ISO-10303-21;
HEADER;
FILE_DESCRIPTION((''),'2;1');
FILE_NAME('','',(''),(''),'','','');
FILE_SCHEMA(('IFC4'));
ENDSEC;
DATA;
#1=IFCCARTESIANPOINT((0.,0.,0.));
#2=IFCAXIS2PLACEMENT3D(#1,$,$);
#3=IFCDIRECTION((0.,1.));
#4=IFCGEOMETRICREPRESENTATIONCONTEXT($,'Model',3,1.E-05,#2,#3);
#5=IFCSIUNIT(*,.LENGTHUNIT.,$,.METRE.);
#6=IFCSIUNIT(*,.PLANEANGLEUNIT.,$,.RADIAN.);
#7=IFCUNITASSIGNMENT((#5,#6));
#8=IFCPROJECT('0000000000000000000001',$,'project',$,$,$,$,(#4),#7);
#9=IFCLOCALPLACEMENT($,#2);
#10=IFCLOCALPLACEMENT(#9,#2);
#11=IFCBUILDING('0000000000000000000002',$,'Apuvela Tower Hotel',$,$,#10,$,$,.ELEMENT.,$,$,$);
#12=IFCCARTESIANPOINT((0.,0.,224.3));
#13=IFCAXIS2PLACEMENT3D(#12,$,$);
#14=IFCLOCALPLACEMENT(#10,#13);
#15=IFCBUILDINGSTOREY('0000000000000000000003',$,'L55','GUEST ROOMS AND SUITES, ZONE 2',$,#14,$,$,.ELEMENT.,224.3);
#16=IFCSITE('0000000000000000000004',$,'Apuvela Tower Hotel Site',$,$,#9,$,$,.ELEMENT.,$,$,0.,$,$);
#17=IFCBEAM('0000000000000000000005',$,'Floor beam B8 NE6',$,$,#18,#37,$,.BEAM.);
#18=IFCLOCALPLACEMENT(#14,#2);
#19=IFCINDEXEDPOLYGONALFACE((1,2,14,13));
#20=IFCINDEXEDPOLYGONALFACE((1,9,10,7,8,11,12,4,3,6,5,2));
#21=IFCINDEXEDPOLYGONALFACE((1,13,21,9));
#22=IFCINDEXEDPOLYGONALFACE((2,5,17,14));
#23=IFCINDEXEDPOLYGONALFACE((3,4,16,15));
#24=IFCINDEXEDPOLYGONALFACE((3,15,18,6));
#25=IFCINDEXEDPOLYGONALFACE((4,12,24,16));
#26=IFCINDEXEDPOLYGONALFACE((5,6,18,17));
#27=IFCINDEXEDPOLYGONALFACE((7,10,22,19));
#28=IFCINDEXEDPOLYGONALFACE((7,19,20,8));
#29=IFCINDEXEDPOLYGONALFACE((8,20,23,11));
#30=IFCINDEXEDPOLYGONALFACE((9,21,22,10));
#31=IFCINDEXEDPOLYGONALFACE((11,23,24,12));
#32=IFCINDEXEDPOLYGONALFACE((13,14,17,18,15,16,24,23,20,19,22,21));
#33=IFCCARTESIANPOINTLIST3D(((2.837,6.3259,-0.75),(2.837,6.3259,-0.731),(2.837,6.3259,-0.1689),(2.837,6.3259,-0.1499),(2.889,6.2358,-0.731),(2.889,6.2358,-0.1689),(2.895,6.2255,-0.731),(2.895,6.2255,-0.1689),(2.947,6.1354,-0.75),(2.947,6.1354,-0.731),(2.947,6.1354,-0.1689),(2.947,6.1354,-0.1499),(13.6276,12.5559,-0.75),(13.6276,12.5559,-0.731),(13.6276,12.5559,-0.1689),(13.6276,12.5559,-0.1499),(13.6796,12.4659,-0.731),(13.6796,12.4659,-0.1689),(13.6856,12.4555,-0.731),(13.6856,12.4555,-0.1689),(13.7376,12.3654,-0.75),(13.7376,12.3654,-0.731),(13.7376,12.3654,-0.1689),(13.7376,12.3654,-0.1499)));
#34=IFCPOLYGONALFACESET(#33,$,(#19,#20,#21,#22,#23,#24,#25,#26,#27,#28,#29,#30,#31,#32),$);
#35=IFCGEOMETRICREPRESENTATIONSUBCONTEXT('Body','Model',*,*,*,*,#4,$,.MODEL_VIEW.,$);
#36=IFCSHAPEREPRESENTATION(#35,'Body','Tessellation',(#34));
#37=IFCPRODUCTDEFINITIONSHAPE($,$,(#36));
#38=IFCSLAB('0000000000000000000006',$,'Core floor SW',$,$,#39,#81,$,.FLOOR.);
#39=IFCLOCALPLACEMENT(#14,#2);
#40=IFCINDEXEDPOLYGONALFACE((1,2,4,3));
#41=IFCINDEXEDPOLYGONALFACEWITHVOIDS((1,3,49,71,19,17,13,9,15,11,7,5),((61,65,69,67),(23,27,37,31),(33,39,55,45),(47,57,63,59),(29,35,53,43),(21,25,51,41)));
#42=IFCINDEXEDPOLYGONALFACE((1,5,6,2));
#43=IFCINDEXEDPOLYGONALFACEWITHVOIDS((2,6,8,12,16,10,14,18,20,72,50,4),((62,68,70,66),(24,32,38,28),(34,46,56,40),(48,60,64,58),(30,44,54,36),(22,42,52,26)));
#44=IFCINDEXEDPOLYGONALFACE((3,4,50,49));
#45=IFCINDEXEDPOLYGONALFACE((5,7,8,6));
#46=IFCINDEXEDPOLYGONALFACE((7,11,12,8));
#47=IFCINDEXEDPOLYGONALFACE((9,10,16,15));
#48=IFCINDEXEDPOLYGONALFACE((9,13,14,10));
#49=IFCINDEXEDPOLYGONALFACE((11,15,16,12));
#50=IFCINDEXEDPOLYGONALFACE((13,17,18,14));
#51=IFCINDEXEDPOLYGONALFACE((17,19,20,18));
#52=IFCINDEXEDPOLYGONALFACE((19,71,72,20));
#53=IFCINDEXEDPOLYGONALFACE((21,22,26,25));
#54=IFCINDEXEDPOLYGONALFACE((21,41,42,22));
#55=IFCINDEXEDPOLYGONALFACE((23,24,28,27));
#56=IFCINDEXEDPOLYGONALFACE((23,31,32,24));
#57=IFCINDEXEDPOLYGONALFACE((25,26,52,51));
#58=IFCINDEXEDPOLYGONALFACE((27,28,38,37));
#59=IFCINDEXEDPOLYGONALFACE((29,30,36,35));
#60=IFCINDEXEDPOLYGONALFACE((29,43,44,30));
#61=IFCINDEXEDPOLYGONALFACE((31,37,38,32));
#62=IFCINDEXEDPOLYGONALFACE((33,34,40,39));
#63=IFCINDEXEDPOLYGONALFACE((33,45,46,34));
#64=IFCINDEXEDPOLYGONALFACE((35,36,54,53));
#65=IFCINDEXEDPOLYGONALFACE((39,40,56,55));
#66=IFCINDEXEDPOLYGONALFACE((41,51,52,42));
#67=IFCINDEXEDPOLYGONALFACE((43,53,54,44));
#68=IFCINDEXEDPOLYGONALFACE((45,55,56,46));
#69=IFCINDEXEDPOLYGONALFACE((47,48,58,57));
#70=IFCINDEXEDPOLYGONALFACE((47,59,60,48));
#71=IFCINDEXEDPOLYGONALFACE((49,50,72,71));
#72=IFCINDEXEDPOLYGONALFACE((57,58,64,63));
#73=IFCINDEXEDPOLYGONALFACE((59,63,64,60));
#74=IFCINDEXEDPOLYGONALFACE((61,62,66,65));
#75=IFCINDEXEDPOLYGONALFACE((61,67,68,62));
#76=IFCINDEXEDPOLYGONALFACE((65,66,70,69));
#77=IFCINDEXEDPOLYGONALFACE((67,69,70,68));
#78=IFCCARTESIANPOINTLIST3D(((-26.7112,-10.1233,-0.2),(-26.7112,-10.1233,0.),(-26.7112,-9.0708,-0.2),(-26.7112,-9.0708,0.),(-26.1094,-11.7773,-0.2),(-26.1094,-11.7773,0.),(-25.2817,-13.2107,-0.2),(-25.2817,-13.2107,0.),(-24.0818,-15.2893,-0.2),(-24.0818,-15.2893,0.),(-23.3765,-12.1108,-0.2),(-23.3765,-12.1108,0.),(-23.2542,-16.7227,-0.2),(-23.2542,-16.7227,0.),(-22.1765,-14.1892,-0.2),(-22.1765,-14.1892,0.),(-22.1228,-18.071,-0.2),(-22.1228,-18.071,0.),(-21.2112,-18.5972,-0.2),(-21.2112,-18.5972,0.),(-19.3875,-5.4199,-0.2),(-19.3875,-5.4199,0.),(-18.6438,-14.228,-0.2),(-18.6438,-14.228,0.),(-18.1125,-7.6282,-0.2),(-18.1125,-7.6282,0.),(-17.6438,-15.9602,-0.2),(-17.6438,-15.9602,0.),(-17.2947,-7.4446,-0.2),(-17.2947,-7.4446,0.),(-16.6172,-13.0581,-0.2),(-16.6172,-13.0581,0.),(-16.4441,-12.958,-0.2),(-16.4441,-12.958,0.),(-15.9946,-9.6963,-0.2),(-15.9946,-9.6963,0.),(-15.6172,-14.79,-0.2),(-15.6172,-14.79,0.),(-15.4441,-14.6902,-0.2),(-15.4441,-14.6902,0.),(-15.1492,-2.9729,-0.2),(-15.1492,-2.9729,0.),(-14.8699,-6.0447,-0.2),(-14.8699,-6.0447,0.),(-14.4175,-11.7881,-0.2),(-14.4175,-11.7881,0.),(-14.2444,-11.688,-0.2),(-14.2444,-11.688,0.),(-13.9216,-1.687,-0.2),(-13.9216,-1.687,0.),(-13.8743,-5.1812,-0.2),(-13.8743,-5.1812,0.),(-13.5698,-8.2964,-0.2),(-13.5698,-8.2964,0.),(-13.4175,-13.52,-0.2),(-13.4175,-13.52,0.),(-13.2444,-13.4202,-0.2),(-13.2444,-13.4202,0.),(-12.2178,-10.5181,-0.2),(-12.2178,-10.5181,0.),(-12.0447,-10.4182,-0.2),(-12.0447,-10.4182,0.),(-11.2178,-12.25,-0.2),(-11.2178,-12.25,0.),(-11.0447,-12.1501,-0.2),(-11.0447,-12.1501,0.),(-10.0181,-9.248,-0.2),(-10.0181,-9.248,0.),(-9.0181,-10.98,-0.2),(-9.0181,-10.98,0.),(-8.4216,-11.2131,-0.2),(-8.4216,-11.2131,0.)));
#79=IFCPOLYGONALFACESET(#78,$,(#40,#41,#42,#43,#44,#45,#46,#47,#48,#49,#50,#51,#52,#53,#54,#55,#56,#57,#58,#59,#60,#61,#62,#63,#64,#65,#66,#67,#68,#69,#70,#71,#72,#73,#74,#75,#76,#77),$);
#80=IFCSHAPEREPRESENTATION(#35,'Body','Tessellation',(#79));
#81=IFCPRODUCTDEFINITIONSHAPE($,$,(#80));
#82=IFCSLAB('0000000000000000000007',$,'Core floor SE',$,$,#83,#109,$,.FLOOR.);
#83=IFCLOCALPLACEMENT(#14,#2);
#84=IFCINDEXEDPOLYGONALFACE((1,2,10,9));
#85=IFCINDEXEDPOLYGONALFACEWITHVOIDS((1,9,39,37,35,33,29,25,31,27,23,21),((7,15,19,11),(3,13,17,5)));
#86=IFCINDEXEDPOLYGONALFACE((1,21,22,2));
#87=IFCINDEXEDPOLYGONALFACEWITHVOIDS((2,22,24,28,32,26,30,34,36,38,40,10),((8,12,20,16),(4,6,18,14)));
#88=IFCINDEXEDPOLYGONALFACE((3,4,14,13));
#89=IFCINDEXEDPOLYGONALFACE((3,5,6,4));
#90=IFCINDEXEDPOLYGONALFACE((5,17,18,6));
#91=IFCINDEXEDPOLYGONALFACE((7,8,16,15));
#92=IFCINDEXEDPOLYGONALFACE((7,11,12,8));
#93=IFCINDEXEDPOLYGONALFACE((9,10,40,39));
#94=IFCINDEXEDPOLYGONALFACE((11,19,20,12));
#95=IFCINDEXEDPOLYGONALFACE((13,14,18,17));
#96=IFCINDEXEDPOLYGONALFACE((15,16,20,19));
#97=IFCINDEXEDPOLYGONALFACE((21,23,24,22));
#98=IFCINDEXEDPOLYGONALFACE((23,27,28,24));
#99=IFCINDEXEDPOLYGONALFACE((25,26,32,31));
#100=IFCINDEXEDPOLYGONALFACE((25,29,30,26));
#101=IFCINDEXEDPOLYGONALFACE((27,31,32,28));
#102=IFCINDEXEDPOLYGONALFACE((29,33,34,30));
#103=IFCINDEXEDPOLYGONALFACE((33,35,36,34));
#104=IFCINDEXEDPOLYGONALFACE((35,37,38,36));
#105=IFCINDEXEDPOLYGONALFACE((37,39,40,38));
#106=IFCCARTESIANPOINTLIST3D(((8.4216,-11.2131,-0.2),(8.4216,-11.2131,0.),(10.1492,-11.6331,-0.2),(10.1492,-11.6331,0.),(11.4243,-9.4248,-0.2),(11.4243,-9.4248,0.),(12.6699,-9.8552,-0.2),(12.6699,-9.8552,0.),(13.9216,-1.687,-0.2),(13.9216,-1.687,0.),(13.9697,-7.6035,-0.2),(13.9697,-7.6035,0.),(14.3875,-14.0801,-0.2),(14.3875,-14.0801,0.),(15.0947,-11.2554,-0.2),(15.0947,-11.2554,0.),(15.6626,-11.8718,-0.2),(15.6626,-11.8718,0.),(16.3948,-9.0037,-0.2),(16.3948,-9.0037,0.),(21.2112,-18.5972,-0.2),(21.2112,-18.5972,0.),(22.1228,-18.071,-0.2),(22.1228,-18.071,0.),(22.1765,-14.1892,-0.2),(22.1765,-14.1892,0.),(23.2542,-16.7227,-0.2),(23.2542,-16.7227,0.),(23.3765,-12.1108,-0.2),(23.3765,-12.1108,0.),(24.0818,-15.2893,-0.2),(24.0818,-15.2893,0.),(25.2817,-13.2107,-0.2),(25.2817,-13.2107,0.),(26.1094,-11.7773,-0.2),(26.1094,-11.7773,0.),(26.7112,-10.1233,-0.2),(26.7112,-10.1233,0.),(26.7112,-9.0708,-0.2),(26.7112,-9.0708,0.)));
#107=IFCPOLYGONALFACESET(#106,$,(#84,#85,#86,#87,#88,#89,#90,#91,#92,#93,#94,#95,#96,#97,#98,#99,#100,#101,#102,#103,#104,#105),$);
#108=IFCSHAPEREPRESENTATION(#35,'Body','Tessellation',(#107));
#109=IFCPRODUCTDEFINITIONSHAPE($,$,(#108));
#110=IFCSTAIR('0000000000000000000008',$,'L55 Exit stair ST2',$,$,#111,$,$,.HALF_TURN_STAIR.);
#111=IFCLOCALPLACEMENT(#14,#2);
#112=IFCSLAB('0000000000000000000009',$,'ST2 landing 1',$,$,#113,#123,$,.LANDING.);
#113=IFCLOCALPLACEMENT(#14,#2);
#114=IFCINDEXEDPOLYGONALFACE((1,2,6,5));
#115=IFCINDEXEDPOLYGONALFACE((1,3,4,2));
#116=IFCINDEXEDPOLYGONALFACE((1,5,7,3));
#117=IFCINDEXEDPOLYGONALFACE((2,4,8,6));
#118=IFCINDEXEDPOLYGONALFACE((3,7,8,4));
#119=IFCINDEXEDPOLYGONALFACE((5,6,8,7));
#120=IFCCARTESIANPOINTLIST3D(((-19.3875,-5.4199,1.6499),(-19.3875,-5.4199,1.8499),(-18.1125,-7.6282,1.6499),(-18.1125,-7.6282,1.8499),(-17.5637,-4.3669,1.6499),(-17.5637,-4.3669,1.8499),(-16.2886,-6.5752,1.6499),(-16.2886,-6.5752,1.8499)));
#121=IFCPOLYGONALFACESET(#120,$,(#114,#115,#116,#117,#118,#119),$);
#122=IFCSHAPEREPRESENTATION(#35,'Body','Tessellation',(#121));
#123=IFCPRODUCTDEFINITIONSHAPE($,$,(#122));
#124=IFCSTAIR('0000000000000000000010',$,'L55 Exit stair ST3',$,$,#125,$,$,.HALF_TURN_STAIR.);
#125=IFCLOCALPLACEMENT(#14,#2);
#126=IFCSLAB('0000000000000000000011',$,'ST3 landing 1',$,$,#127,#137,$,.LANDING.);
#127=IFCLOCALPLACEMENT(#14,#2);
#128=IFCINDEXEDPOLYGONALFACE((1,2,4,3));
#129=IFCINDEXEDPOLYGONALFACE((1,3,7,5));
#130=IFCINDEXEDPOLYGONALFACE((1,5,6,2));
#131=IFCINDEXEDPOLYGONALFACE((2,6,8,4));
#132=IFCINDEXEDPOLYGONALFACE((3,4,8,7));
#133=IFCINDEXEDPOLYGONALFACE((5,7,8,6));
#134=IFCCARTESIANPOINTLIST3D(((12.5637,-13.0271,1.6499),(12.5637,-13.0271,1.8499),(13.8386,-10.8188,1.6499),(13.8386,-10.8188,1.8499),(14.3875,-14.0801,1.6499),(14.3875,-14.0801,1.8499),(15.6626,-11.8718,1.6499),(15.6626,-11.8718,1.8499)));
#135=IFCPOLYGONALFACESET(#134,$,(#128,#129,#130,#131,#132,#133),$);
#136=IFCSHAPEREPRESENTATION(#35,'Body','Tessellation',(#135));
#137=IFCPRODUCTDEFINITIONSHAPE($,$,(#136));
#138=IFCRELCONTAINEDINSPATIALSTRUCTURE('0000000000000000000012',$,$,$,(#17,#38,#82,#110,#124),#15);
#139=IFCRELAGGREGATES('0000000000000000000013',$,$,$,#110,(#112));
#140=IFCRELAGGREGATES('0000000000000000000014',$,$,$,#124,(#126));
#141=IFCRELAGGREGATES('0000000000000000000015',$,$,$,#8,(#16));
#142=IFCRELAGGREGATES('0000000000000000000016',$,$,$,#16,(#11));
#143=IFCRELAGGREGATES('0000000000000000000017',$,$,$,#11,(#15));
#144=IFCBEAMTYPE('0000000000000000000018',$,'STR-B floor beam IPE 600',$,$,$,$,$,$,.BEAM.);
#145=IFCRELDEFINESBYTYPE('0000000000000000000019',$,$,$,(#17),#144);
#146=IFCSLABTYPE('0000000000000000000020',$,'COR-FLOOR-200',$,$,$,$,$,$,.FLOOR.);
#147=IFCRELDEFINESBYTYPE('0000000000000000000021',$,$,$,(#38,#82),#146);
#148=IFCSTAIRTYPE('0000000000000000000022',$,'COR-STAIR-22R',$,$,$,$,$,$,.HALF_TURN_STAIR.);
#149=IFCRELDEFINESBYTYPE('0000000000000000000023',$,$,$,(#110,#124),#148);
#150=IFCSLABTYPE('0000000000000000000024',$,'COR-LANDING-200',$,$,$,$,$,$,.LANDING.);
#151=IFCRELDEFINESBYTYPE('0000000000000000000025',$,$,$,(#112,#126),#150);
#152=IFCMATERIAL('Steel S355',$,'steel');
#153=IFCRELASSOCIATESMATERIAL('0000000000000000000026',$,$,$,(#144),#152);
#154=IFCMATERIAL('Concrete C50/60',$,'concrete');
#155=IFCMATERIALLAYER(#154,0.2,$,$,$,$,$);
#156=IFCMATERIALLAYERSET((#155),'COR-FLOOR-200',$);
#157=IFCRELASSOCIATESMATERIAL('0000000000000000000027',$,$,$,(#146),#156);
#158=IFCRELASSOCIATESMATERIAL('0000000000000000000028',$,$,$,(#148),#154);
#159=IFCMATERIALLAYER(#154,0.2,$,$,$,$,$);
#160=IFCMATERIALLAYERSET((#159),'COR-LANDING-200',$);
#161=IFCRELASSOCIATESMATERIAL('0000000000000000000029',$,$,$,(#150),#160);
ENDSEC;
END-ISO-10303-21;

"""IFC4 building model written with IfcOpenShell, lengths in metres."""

from ifc_helpers import new_model, si_unit, direction, frame, origin, origin_2d, place, context, subcontext, project, spatial, polyline, i_section, outline, extrude, material, layer, layer_set, material_profile, profile_set, type_object, element, aggregate, save


model = new_model("IFC4")

# Units and contexts
model_context = context("Model", 3, precision=1e-05, world=origin(), true_north=direction((0.0, 1.0)))
body_context = subcontext(model_context, "Body", "Model", "MODEL_VIEW")
ifc_project = project(units=[si_unit("LENGTHUNIT", "METRE"), si_unit("PLANEANGLEUNIT", "RADIAN")], contexts=[model_context])

# Site, building, storey
site_placement = place(None, origin())
site = spatial("IfcSite", under=ifc_project, at=site_placement, Name="Apuvela Tower Hotel Site", CompositionType="ELEMENT", RefElevation=0.0)
building_placement = place(site_placement, origin())
building = spatial("IfcBuilding", under=site, at=building_placement, Name="Apuvela Tower Hotel", CompositionType="ELEMENT")
storey_placement = place(building_placement, frame((0.0, 0.0, 224.3)))
storey = spatial("IfcBuildingStorey", under=building, at=storey_placement, Name="L55", Description="GUEST ROOMS AND SUITES, ZONE 2", CompositionType="ELEMENT", Elevation=224.3)

# Beam
ifc_material_1 = material(Name="Steel S355", Category="steel")
ifc_material_profile = material_profile(ifc_material_1, i_section(OverallWidth=0.22, OverallDepth=0.6001, WebThickness=0.012, FlangeThickness=0.019, at=origin_2d()), Name="IPE 600")
ifc_profile_set = profile_set([ifc_material_profile], Name="Steel S355")
beam_type = type_object("IfcBeamType", Name="STR-B floor beam IPE 600", PredefinedType="BEAM", material=ifc_profile_set)
beam_placement = place(storey_placement, frame((13.6826, 12.4607, -0.45), z_axis=(-0.866023, -0.500004, 0.0), x_axis=(0.500004, -0.866023, 0.0)))
element("IfcBeam", 1, at=beam_placement, inside=storey, type_object=beam_type, Name="Floor beam B8 NE6", PredefinedType="BEAM", context=body_context, shape_type="SweptSolid", body=[
    extrude(i_section(OverallWidth=0.22, OverallDepth=0.6001, WebThickness=0.012, FlangeThickness=0.019, at=origin_2d()), origin(), (0.0, 0.0, 1.0), 12.46),
])

# Slabs
ifc_material_2 = material(Name="Concrete C50/60", Category="concrete")
ifc_layer_1 = layer(ifc_material_2, 0.2)
ifc_layer_set_1 = layer_set([ifc_layer_1], Name="COR-FLOOR-200")
slab_type_1 = type_object("IfcSlabType", Name="COR-FLOOR-200", PredefinedType="FLOOR", material=ifc_layer_set_1)
slab_1_placement = place(storey_placement, frame((0.0, 0.0, -0.2)))
element("IfcSlab", 2, at=slab_1_placement, inside=storey, type_object=slab_type_1, Name="Core floor SW", PredefinedType="FLOOR", context=body_context, shape_type="SweptSolid", body=[
    extrude(outline(polyline([(-26.7112, -9.0708), (-26.7112, -10.1233), (-26.1094, -11.7773), (-25.2817, -13.2107), (-23.3765, -12.1108), (-22.1765, -14.1892), (-24.0818, -15.2893), (-23.2542, -16.7227), (-22.1228, -18.071), (-21.2112, -18.5972), (-8.4216, -11.2131), (-13.9216, -1.687), (-26.7112, -9.0708)]), holes=[polyline([(-10.0181, -9.248), (-9.0181, -10.98), (-11.0447, -12.1501), (-12.0447, -10.4182), (-10.0181, -9.248)]), polyline([(-14.2444, -11.688), (-12.2178, -10.5181), (-11.2178, -12.25), (-13.2444, -13.4202), (-14.2444, -11.688)]), polyline([(-19.3875, -5.4199), (-15.1492, -2.9729), (-13.8743, -5.1812), (-18.1125, -7.6282), (-19.3875, -5.4199)]), polyline([(-14.8699, -6.0447), (-13.5698, -8.2964), (-15.9946, -9.6963), (-17.2947, -7.4446), (-14.8699, -6.0447)]), polyline([(-16.4441, -12.958), (-14.4175, -11.7881), (-13.4175, -13.52), (-15.4441, -14.6902), (-16.4441, -12.958)]), polyline([(-18.6438, -14.228), (-16.6172, -13.0581), (-15.6172, -14.79), (-17.6438, -15.9602), (-18.6438, -14.228)])]), origin(), (0.0, 0.0, 1.0), 0.2),
])
slab_2_placement = place(storey_placement, frame((0.0, 0.0, -0.2)))
element("IfcSlab", 3, at=slab_2_placement, inside=storey, type_object=slab_type_1, Name="Core floor SE", PredefinedType="FLOOR", context=body_context, shape_type="SweptSolid", body=[
    extrude(outline(polyline([(21.2112, -18.5972), (22.1228, -18.071), (23.2542, -16.7227), (24.0818, -15.2893), (22.1765, -14.1892), (23.3765, -12.1108), (25.2817, -13.2107), (26.1094, -11.7773), (26.7112, -10.1233), (26.7112, -9.0708), (13.9216, -1.687), (8.4216, -11.2131), (21.2112, -18.5972)]), holes=[polyline([(11.4243, -9.4248), (15.6626, -11.8718), (14.3875, -14.0801), (10.1492, -11.6331), (11.4243, -9.4248)]), polyline([(13.9697, -7.6035), (16.3948, -9.0037), (15.0947, -11.2554), (12.6699, -9.8552), (13.9697, -7.6035)])]), origin(), (0.0, 0.0, 1.0), 0.2),
])

# Stairs, slabs
stair_type = type_object("IfcStairType", Name="COR-STAIR-22R", PredefinedType="HALF_TURN_STAIR", material=ifc_material_2)
stair_1_placement = place(storey_placement, origin())
stair_1 = element("IfcStair", 4, at=stair_1_placement, inside=storey, type_object=stair_type, Name="L55 Exit stair ST2", PredefinedType="HALF_TURN_STAIR")
ifc_layer_2 = layer(ifc_material_2, 0.2)
ifc_layer_set_2 = layer_set([ifc_layer_2], Name="COR-LANDING-200")
slab_type_2 = type_object("IfcSlabType", Name="COR-LANDING-200", PredefinedType="LANDING", material=ifc_layer_set_2)
slab_3_placement = place(storey_placement, frame((0.0, 0.0, 1.6499)))
slab_3 = element("IfcSlab", 5, at=slab_3_placement, type_object=slab_type_2, Name="ST2 landing 1", PredefinedType="LANDING", context=body_context, shape_type="SweptSolid", body=[
    extrude(outline(polyline([(-17.5637, -4.3669), (-19.3875, -5.4199), (-18.1125, -7.6282), (-16.2886, -6.5752), (-17.5637, -4.3669)])), origin(), (0.0, 0.0, 1.0), 0.2),
])
aggregate(stair_1, [slab_3])
stair_2_placement = place(storey_placement, origin())
stair_2 = element("IfcStair", 6, at=stair_2_placement, inside=storey, type_object=stair_type, Name="L55 Exit stair ST3", PredefinedType="HALF_TURN_STAIR")
slab_4_placement = place(storey_placement, frame((0.0, 0.0, 1.6499)))
slab_4 = element("IfcSlab", 7, at=slab_4_placement, type_object=slab_type_2, Name="ST3 landing 1", PredefinedType="LANDING", context=body_context, shape_type="SweptSolid", body=[
    extrude(outline(polyline([(12.5637, -13.0271), (14.3875, -14.0801), (15.6626, -11.8718), (13.8386, -10.8188), (12.5637, -13.0271)])), origin(), (0.0, 0.0, 1.0), 0.2),
])
aggregate(stair_2, [slab_4])

save(model, "model.ifc")
